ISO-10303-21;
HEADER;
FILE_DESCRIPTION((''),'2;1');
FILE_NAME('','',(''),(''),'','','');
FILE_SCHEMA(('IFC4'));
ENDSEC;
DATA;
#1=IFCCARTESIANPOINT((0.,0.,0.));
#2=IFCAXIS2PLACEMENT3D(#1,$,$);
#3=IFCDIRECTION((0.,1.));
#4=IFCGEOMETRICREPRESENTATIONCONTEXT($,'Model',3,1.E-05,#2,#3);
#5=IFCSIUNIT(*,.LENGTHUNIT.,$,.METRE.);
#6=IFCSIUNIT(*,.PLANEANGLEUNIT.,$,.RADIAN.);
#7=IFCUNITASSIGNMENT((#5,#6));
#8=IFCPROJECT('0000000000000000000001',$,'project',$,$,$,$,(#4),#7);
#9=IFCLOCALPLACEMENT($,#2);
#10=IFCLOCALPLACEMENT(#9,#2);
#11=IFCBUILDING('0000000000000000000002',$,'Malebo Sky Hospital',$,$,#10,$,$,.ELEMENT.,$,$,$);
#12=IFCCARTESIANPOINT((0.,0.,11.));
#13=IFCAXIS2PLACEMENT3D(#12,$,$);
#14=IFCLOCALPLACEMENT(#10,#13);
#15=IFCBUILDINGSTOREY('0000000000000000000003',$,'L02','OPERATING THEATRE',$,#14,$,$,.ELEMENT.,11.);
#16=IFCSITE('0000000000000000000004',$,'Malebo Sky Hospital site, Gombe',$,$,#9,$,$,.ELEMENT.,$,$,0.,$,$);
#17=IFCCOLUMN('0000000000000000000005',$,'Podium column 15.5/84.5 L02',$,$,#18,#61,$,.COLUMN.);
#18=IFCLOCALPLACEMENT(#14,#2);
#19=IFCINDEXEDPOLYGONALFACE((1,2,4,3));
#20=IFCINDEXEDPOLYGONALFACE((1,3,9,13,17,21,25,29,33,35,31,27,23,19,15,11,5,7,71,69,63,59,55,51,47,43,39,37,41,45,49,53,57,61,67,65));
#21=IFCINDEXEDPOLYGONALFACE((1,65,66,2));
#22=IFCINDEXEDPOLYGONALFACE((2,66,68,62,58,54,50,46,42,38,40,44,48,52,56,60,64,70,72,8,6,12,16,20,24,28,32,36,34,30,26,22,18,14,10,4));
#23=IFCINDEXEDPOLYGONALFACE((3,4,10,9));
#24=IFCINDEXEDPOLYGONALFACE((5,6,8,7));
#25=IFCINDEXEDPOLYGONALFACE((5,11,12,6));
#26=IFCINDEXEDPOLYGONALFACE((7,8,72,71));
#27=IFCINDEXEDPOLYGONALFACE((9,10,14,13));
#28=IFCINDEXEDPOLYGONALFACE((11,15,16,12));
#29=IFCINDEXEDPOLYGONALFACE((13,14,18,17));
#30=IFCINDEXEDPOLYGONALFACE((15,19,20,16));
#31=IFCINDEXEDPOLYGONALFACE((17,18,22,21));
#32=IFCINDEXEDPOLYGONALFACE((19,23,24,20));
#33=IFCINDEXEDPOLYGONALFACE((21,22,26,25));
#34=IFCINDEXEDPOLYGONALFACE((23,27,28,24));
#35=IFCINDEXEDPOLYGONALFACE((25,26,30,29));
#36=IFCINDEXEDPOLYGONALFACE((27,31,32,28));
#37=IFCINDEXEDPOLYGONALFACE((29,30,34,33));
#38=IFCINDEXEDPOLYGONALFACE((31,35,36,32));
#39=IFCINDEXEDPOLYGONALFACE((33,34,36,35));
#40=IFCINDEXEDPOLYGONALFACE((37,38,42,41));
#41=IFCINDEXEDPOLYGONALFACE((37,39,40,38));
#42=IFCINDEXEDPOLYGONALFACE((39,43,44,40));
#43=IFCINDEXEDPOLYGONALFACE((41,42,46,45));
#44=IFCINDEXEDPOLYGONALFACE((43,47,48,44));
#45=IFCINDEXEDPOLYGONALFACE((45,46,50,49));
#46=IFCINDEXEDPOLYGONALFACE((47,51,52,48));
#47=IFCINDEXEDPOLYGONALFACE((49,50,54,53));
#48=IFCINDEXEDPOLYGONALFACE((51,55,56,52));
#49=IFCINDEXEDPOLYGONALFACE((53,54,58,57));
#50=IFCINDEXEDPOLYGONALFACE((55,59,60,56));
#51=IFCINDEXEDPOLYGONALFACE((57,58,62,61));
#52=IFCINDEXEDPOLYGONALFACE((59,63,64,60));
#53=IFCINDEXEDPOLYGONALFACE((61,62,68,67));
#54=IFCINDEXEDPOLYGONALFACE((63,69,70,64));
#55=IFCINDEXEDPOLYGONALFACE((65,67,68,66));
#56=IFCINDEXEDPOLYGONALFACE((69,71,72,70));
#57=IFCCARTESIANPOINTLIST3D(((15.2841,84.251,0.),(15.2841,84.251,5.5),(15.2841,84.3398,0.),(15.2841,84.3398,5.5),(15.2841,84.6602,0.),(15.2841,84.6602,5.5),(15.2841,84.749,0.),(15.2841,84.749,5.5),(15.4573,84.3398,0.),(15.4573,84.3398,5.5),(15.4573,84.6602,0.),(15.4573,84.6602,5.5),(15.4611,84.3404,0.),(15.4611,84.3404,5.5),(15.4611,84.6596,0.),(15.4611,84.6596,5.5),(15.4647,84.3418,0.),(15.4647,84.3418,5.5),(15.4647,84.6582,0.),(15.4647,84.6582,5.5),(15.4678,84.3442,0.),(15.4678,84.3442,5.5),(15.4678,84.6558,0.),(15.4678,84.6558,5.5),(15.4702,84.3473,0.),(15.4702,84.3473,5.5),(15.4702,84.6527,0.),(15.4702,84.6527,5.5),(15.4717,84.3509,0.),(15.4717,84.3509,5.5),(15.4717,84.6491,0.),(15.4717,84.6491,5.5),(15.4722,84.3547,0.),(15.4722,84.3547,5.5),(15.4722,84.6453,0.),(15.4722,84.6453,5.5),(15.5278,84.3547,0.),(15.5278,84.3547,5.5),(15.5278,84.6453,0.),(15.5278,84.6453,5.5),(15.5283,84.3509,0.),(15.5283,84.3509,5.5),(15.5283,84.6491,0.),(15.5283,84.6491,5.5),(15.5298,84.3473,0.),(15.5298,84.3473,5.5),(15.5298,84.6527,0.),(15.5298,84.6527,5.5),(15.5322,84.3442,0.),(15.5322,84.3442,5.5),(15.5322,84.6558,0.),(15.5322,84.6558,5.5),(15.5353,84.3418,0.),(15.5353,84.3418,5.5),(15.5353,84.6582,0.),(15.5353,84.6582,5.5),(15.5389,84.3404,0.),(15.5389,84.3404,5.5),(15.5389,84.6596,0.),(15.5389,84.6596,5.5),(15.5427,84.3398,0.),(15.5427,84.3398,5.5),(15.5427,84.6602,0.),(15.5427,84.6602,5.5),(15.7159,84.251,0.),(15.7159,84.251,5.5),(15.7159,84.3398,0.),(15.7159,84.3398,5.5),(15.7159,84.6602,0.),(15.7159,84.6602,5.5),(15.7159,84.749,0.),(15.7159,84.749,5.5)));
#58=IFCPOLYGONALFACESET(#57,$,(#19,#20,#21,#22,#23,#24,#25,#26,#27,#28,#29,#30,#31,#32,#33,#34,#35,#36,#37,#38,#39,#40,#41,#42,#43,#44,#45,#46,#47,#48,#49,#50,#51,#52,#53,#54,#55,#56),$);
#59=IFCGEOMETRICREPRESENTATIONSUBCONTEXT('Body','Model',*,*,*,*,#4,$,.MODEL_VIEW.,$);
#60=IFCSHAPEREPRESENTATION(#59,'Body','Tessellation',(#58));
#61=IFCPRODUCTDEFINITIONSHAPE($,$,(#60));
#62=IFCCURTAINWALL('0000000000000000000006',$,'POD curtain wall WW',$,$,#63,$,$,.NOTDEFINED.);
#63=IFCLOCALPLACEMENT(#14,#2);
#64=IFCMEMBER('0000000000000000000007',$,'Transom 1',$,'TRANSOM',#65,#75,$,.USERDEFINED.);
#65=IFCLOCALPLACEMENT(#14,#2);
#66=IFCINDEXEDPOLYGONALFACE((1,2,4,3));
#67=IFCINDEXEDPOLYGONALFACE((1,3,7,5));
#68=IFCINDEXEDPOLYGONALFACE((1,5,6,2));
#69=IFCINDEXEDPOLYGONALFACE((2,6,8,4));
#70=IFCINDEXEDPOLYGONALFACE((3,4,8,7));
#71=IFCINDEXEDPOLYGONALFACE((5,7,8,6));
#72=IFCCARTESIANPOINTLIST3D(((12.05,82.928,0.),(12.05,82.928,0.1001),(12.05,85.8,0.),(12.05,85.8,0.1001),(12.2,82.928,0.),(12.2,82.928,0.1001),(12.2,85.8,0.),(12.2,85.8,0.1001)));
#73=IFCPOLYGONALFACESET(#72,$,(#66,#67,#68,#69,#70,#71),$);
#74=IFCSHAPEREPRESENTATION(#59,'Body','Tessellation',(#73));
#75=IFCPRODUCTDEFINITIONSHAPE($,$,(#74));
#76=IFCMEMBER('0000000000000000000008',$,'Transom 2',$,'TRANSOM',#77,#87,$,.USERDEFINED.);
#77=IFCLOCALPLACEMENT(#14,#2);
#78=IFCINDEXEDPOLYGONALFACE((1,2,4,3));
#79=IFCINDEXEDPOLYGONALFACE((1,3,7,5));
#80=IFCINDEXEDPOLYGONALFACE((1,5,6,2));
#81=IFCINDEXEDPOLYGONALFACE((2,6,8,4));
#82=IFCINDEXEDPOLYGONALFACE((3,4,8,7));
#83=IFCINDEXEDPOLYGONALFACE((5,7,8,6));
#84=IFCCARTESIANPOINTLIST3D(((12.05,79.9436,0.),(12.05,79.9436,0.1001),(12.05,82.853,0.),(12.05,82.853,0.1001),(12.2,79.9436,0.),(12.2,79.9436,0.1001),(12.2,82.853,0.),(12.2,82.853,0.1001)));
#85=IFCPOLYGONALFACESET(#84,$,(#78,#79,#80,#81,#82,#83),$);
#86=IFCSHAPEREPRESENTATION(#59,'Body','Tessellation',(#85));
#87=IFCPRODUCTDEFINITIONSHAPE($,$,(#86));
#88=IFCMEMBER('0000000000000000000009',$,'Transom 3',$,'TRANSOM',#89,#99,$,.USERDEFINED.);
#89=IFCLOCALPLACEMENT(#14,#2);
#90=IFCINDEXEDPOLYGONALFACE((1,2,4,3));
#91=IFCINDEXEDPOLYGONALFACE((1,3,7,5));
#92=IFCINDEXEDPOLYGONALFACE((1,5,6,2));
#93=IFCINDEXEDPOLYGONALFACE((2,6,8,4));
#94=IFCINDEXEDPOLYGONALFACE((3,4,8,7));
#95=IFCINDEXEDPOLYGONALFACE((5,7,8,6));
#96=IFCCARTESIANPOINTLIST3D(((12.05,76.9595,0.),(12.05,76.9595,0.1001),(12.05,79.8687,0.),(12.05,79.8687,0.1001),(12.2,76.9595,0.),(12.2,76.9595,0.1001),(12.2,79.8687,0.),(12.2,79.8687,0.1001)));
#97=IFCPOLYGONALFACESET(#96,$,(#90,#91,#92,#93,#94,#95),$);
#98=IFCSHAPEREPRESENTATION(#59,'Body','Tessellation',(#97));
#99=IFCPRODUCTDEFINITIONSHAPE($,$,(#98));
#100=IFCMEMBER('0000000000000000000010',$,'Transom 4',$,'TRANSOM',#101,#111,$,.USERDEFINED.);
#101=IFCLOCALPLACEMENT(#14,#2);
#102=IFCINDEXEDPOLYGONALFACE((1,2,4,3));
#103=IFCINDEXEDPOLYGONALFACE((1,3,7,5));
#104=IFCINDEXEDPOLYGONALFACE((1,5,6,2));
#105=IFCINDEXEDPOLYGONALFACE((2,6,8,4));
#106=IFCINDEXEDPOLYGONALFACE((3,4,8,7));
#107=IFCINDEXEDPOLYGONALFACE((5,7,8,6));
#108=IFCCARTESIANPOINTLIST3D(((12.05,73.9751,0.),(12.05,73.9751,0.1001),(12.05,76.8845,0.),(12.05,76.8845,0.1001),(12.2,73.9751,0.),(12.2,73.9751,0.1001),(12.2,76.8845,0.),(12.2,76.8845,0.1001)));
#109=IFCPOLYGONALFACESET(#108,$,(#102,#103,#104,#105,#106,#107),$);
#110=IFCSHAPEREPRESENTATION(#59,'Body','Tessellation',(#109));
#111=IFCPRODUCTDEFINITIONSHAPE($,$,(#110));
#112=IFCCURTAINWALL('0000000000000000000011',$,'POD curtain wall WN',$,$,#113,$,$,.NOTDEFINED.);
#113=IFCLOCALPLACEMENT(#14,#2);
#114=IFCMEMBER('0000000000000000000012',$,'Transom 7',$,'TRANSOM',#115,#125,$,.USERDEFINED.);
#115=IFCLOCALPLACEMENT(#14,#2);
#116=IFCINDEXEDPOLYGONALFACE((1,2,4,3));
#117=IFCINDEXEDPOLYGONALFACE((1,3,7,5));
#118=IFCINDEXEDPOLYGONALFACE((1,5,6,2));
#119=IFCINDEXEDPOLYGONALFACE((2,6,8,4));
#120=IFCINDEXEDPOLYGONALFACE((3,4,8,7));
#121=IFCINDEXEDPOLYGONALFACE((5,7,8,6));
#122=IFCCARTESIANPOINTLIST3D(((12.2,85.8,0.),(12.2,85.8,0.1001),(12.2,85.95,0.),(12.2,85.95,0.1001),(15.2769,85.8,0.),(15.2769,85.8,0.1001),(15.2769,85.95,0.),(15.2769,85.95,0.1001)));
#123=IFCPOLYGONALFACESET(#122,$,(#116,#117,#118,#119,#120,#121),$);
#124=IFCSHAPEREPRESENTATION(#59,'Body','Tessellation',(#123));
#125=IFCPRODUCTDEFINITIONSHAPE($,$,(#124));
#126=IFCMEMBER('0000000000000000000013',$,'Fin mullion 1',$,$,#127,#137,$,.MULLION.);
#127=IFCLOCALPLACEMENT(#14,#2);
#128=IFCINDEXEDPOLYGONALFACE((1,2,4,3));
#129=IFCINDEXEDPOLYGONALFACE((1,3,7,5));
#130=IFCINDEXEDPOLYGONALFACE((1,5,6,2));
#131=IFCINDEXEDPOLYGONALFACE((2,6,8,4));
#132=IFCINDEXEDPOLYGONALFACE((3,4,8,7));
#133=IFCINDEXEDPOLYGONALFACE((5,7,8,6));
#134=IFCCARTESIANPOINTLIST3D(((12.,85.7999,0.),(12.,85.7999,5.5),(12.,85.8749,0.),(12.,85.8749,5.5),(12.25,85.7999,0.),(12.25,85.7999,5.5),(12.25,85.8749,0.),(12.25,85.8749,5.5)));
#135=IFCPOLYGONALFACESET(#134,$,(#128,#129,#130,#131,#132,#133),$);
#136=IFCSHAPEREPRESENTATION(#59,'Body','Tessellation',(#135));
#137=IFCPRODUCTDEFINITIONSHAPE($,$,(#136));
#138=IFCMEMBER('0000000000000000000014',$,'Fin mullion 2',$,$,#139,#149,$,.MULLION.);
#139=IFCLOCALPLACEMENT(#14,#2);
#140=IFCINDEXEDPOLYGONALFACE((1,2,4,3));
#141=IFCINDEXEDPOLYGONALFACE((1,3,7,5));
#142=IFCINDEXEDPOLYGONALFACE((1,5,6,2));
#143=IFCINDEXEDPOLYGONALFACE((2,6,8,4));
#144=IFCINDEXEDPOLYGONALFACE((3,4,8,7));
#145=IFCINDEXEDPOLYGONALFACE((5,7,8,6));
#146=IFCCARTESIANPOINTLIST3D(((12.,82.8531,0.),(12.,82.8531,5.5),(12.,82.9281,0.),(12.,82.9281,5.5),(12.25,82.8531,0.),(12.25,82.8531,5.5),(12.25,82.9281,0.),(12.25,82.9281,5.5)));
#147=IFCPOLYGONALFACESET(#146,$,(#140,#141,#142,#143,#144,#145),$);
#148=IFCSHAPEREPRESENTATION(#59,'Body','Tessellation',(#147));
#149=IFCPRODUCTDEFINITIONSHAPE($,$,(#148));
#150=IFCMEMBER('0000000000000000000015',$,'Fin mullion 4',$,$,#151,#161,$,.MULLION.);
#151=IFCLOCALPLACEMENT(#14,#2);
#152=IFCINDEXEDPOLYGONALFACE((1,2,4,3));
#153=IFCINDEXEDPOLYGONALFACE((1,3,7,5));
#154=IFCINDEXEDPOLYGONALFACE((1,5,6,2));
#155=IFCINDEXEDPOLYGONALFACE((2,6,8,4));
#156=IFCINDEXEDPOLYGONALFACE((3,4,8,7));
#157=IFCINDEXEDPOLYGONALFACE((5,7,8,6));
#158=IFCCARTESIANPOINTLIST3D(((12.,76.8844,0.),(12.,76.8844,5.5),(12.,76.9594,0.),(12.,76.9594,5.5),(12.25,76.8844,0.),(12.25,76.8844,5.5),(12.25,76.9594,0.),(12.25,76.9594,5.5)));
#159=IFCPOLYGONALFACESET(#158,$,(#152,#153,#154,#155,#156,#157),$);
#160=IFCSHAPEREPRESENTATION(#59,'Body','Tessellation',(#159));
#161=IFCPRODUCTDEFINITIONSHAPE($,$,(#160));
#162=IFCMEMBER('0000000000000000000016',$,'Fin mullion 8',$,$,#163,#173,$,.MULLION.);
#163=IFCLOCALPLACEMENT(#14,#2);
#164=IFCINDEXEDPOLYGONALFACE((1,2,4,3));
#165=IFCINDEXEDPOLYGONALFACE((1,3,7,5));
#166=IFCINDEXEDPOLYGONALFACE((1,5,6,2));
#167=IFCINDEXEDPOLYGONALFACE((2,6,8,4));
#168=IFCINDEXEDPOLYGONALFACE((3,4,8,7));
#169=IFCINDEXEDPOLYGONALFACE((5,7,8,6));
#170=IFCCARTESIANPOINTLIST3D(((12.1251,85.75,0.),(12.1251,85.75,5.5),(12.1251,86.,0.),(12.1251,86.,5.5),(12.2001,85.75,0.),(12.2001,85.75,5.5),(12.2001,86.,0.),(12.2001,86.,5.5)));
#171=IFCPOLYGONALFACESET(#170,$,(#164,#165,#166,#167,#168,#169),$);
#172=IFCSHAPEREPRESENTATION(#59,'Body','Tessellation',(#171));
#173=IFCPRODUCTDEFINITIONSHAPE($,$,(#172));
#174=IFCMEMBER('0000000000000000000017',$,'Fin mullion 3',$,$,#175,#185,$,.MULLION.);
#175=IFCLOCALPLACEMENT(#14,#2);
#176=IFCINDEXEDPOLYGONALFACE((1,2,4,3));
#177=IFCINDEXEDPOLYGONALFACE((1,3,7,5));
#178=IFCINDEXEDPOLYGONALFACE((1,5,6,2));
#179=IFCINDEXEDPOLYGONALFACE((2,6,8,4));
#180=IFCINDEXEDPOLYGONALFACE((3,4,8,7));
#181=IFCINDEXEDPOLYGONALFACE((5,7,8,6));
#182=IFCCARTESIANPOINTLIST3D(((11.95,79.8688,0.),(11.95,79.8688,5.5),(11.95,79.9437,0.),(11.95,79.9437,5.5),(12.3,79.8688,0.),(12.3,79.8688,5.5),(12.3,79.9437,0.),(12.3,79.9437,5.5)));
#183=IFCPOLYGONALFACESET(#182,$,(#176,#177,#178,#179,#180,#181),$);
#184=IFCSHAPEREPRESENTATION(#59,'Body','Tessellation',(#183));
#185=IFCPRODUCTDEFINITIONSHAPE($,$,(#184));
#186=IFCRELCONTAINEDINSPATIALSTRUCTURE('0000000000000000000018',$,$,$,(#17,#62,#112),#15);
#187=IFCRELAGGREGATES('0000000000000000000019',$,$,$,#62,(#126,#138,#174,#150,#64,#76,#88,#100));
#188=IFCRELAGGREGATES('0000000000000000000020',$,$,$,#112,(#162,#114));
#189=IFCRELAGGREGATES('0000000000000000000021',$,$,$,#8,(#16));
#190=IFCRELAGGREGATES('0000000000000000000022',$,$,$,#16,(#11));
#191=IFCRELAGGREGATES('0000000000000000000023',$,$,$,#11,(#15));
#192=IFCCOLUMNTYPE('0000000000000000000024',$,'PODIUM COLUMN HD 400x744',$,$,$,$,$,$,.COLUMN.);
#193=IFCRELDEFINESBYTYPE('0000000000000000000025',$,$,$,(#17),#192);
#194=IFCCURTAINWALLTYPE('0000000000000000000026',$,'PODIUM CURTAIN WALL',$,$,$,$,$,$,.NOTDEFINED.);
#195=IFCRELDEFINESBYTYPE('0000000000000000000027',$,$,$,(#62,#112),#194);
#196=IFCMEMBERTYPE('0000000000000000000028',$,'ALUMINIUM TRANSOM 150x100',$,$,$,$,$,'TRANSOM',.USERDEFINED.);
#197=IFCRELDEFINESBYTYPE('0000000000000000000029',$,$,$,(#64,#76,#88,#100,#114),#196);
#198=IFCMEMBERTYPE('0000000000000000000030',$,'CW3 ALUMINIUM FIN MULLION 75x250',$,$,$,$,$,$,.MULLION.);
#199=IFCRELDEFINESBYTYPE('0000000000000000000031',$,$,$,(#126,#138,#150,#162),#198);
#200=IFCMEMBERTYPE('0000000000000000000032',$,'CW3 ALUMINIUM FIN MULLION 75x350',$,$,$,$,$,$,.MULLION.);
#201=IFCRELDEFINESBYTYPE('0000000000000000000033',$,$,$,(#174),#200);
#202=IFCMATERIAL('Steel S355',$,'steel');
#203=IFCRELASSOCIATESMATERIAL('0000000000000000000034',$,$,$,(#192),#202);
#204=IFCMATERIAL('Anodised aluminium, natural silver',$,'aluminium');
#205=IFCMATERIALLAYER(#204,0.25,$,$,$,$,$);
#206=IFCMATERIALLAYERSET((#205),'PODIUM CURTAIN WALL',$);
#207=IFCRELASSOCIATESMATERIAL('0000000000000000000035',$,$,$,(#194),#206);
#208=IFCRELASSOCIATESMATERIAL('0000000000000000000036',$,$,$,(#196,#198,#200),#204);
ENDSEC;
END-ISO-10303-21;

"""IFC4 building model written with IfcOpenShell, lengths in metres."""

from ifc_helpers import new_model, si_unit, direction, frame, origin, origin_2d, place, context, subcontext, project, spatial, rectangle, i_section, extrude, material, layer, layer_set, material_profile, profile_set, type_object, element, aggregate, save


model = new_model("IFC4")

# Units and contexts
model_context = context("Model", 3, precision=1e-05, world=origin(), true_north=direction((0.0, 1.0)))
body_context = subcontext(model_context, "Body", "Model", "MODEL_VIEW")
ifc_project = project(units=[si_unit("LENGTHUNIT", "METRE"), si_unit("PLANEANGLEUNIT", "RADIAN")], contexts=[model_context])

# Site, building, storey
site_placement = place(None, origin())
site = spatial("IfcSite", under=ifc_project, at=site_placement, Name="Malebo Sky Hospital site, Gombe", CompositionType="ELEMENT", RefElevation=0.0)
building_placement = place(site_placement, origin())
building = spatial("IfcBuilding", under=site, at=building_placement, Name="Malebo Sky Hospital", CompositionType="ELEMENT")
storey_placement = place(building_placement, frame((0.0, 0.0, 11.0)))
storey = spatial("IfcBuildingStorey", under=building, at=storey_placement, Name="L02", Description="OPERATING THEATRE", CompositionType="ELEMENT", Elevation=11.0)

# Column
ifc_material_1 = material(Name="Steel S355", Category="steel")
ifc_material_profile_1 = material_profile(ifc_material_1, i_section(OverallWidth=0.4319, OverallDepth=0.498, WebThickness=0.0557, FlangeThickness=0.0889, FilletRadius=0.0149, at=origin_2d()), Name="HD 400x744")
ifc_profile_set_1 = profile_set([ifc_material_profile_1], Name="Steel S355")
column_type = type_object("IfcColumnType", Name="PODIUM COLUMN HD 400x744", PredefinedType="COLUMN", material=ifc_profile_set_1)
column_placement = place(storey_placement, frame((15.5, 84.5, 0.0), z_axis=(0.0, 0.0, 1.0), x_axis=(1.0, 0.0, 0.0)))
element("IfcColumn", 1, at=column_placement, inside=storey, type_object=column_type, Name="Podium column 15.5/84.5 L02", PredefinedType="COLUMN", context=body_context, shape_type="SweptSolid", body=[
    extrude(i_section(OverallWidth=0.4319, OverallDepth=0.498, WebThickness=0.0557, FlangeThickness=0.0889, FilletRadius=0.0149, at=origin_2d()), origin(), (0.0, 0.0, 1.0), 5.5),
])

# Curtain wall, members
ifc_material_2 = material(Name="Anodised aluminium, natural silver", Category="aluminium")
ifc_layer_1 = layer(ifc_material_2, 0.25)
ifc_layer_set_1 = layer_set([ifc_layer_1], Name="PODIUM CURTAIN WALL")
curtain_wall_type = type_object("IfcCurtainWallType", Name="PODIUM CURTAIN WALL", PredefinedType="NOTDEFINED", material=ifc_layer_set_1)
curtain_wall_1_placement = place(storey_placement, origin())
curtain_wall_1 = element("IfcCurtainWall", 2, at=curtain_wall_1_placement, inside=storey, type_object=curtain_wall_type, Name="POD curtain wall WW", PredefinedType="NOTDEFINED")
ifc_material_profile_2 = material_profile(ifc_material_2, rectangle(XDim=0.1499, YDim=0.1001, at=origin_2d()), Name="ALUMINIUM TRANSOM 150x100")
ifc_profile_set_2 = profile_set([ifc_material_profile_2], Name="Anodised aluminium, natural silver")
member_type_1 = type_object("IfcMemberType", Name="ALUMINIUM TRANSOM 150x100", ElementType="TRANSOM", PredefinedType="USERDEFINED", material=ifc_profile_set_2)
member_1_placement = place(storey_placement, frame((12.125, 85.8, 0.05), z_axis=(0.0, -1.0, 0.0), x_axis=(1.0, 0.0, 0.0)))
member_1 = element("IfcMember", 3, at=member_1_placement, type_object=member_type_1, Name="Transom 1", ObjectType="TRANSOM", PredefinedType="USERDEFINED", context=body_context, shape_type="SweptSolid", body=[
    extrude(rectangle(XDim=0.1499, YDim=0.1001, at=origin_2d()), origin(), (0.0, 0.0, 1.0), 2.8721),
])
member_2_placement = place(storey_placement, frame((12.125, 82.853, 0.05), z_axis=(0.0, -1.0, 0.0), x_axis=(1.0, 0.0, 0.0)))
member_2 = element("IfcMember", 4, at=member_2_placement, type_object=member_type_1, Name="Transom 2", ObjectType="TRANSOM", PredefinedType="USERDEFINED", context=body_context, shape_type="SweptSolid", body=[
    extrude(rectangle(XDim=0.1499, YDim=0.1001, at=origin_2d()), origin(), (0.0, 0.0, 1.0), 2.9094),
])
member_3_placement = place(storey_placement, frame((12.125, 79.8687, 0.05), z_axis=(0.0, -1.0, 0.0), x_axis=(1.0, 0.0, 0.0)))
member_3 = element("IfcMember", 5, at=member_3_placement, type_object=member_type_1, Name="Transom 3", ObjectType="TRANSOM", PredefinedType="USERDEFINED", context=body_context, shape_type="SweptSolid", body=[
    extrude(rectangle(XDim=0.1499, YDim=0.1001, at=origin_2d()), origin(), (0.0, 0.0, 1.0), 2.9092),
])
member_4_placement = place(storey_placement, frame((12.125, 76.8845, 0.05), z_axis=(0.0, -1.0, 0.0), x_axis=(1.0, 0.0, 0.0)))
member_4 = element("IfcMember", 6, at=member_4_placement, type_object=member_type_1, Name="Transom 4", ObjectType="TRANSOM", PredefinedType="USERDEFINED", context=body_context, shape_type="SweptSolid", body=[
    extrude(rectangle(XDim=0.1499, YDim=0.1001, at=origin_2d()), origin(), (0.0, 0.0, 1.0), 2.9094),
])

# Curtain wall, member
curtain_wall_2_placement = place(storey_placement, origin())
curtain_wall_2 = element("IfcCurtainWall", 7, at=curtain_wall_2_placement, inside=storey, type_object=curtain_wall_type, Name="POD curtain wall WN", PredefinedType="NOTDEFINED")
member_5_placement = place(storey_placement, frame((15.2769, 85.875, 0.05), z_axis=(-1.0, 0.0, 0.0), x_axis=(0.0, -1.0, 0.0)))
member_5 = element("IfcMember", 8, at=member_5_placement, type_object=member_type_1, Name="Transom 7", ObjectType="TRANSOM", PredefinedType="USERDEFINED", context=body_context, shape_type="SweptSolid", body=[
    extrude(rectangle(XDim=0.1499, YDim=0.1001, at=origin_2d()), origin(), (0.0, 0.0, 1.0), 3.0769),
])

# Members
ifc_material_profile_3 = material_profile(ifc_material_2, rectangle(XDim=0.075, YDim=0.25, at=origin_2d()), Name="CW3 ALUMINIUM FIN MULLION 75x250")
ifc_profile_set_3 = profile_set([ifc_material_profile_3], Name="Anodised aluminium, natural silver")
member_type_2 = type_object("IfcMemberType", Name="CW3 ALUMINIUM FIN MULLION 75x250", PredefinedType="MULLION", material=ifc_profile_set_3)
member_6_placement = place(storey_placement, frame((12.125, 85.8374, 0.0), z_axis=(0.0, 0.0, 1.0), x_axis=(0.0, -1.0, 0.0)))
member_6 = element("IfcMember", 9, at=member_6_placement, type_object=member_type_2, Name="Fin mullion 1", PredefinedType="MULLION", context=body_context, shape_type="SweptSolid", body=[
    extrude(rectangle(XDim=0.075, YDim=0.25, at=origin_2d()), origin(), (0.0, 0.0, 1.0), 5.5),
])
member_7_placement = place(storey_placement, frame((12.125, 82.8906, 0.0), z_axis=(0.0, 0.0, 1.0), x_axis=(0.0, -1.0, 0.0)))
member_7 = element("IfcMember", 10, at=member_7_placement, type_object=member_type_2, Name="Fin mullion 2", PredefinedType="MULLION", context=body_context, shape_type="SweptSolid", body=[
    extrude(rectangle(XDim=0.075, YDim=0.25, at=origin_2d()), origin(), (0.0, 0.0, 1.0), 5.5),
])
member_8_placement = place(storey_placement, frame((12.125, 76.9219, 0.0), z_axis=(0.0, 0.0, 1.0), x_axis=(0.0, -1.0, 0.0)))
member_8 = element("IfcMember", 11, at=member_8_placement, type_object=member_type_2, Name="Fin mullion 4", PredefinedType="MULLION", context=body_context, shape_type="SweptSolid", body=[
    extrude(rectangle(XDim=0.075, YDim=0.25, at=origin_2d()), origin(), (0.0, 0.0, 1.0), 5.5),
])
member_9_placement = place(storey_placement, frame((12.1626, 85.875, 0.0), z_axis=(0.0, 0.0, 1.0), x_axis=(-1.0, 0.0, 0.0)))
member_9 = element("IfcMember", 12, at=member_9_placement, type_object=member_type_2, Name="Fin mullion 8", PredefinedType="MULLION", context=body_context, shape_type="SweptSolid", body=[
    extrude(rectangle(XDim=0.075, YDim=0.25, at=origin_2d()), origin(), (0.0, 0.0, 1.0), 5.5),
])
ifc_material_profile_4 = material_profile(ifc_material_2, rectangle(XDim=0.075, YDim=0.3501, at=origin_2d()), Name="CW3 ALUMINIUM FIN MULLION 75x350")
ifc_profile_set_4 = profile_set([ifc_material_profile_4], Name="Anodised aluminium, natural silver")
member_type_3 = type_object("IfcMemberType", Name="CW3 ALUMINIUM FIN MULLION 75x350", PredefinedType="MULLION", material=ifc_profile_set_4)
member_10_placement = place(storey_placement, frame((12.125, 79.9062, 0.0), z_axis=(0.0, 0.0, 1.0), x_axis=(0.0, -1.0, 0.0)))
member_10 = element("IfcMember", 13, at=member_10_placement, type_object=member_type_3, Name="Fin mullion 3", PredefinedType="MULLION", context=body_context, shape_type="SweptSolid", body=[
    extrude(rectangle(XDim=0.075, YDim=0.3501, at=origin_2d()), origin(), (0.0, 0.0, 1.0), 5.5),
])

aggregate(curtain_wall_1, [member_6, member_7, member_10, member_8, member_1, member_2, member_3, member_4])
aggregate(curtain_wall_2, [member_9, member_5])

save(model, "model.ifc")
